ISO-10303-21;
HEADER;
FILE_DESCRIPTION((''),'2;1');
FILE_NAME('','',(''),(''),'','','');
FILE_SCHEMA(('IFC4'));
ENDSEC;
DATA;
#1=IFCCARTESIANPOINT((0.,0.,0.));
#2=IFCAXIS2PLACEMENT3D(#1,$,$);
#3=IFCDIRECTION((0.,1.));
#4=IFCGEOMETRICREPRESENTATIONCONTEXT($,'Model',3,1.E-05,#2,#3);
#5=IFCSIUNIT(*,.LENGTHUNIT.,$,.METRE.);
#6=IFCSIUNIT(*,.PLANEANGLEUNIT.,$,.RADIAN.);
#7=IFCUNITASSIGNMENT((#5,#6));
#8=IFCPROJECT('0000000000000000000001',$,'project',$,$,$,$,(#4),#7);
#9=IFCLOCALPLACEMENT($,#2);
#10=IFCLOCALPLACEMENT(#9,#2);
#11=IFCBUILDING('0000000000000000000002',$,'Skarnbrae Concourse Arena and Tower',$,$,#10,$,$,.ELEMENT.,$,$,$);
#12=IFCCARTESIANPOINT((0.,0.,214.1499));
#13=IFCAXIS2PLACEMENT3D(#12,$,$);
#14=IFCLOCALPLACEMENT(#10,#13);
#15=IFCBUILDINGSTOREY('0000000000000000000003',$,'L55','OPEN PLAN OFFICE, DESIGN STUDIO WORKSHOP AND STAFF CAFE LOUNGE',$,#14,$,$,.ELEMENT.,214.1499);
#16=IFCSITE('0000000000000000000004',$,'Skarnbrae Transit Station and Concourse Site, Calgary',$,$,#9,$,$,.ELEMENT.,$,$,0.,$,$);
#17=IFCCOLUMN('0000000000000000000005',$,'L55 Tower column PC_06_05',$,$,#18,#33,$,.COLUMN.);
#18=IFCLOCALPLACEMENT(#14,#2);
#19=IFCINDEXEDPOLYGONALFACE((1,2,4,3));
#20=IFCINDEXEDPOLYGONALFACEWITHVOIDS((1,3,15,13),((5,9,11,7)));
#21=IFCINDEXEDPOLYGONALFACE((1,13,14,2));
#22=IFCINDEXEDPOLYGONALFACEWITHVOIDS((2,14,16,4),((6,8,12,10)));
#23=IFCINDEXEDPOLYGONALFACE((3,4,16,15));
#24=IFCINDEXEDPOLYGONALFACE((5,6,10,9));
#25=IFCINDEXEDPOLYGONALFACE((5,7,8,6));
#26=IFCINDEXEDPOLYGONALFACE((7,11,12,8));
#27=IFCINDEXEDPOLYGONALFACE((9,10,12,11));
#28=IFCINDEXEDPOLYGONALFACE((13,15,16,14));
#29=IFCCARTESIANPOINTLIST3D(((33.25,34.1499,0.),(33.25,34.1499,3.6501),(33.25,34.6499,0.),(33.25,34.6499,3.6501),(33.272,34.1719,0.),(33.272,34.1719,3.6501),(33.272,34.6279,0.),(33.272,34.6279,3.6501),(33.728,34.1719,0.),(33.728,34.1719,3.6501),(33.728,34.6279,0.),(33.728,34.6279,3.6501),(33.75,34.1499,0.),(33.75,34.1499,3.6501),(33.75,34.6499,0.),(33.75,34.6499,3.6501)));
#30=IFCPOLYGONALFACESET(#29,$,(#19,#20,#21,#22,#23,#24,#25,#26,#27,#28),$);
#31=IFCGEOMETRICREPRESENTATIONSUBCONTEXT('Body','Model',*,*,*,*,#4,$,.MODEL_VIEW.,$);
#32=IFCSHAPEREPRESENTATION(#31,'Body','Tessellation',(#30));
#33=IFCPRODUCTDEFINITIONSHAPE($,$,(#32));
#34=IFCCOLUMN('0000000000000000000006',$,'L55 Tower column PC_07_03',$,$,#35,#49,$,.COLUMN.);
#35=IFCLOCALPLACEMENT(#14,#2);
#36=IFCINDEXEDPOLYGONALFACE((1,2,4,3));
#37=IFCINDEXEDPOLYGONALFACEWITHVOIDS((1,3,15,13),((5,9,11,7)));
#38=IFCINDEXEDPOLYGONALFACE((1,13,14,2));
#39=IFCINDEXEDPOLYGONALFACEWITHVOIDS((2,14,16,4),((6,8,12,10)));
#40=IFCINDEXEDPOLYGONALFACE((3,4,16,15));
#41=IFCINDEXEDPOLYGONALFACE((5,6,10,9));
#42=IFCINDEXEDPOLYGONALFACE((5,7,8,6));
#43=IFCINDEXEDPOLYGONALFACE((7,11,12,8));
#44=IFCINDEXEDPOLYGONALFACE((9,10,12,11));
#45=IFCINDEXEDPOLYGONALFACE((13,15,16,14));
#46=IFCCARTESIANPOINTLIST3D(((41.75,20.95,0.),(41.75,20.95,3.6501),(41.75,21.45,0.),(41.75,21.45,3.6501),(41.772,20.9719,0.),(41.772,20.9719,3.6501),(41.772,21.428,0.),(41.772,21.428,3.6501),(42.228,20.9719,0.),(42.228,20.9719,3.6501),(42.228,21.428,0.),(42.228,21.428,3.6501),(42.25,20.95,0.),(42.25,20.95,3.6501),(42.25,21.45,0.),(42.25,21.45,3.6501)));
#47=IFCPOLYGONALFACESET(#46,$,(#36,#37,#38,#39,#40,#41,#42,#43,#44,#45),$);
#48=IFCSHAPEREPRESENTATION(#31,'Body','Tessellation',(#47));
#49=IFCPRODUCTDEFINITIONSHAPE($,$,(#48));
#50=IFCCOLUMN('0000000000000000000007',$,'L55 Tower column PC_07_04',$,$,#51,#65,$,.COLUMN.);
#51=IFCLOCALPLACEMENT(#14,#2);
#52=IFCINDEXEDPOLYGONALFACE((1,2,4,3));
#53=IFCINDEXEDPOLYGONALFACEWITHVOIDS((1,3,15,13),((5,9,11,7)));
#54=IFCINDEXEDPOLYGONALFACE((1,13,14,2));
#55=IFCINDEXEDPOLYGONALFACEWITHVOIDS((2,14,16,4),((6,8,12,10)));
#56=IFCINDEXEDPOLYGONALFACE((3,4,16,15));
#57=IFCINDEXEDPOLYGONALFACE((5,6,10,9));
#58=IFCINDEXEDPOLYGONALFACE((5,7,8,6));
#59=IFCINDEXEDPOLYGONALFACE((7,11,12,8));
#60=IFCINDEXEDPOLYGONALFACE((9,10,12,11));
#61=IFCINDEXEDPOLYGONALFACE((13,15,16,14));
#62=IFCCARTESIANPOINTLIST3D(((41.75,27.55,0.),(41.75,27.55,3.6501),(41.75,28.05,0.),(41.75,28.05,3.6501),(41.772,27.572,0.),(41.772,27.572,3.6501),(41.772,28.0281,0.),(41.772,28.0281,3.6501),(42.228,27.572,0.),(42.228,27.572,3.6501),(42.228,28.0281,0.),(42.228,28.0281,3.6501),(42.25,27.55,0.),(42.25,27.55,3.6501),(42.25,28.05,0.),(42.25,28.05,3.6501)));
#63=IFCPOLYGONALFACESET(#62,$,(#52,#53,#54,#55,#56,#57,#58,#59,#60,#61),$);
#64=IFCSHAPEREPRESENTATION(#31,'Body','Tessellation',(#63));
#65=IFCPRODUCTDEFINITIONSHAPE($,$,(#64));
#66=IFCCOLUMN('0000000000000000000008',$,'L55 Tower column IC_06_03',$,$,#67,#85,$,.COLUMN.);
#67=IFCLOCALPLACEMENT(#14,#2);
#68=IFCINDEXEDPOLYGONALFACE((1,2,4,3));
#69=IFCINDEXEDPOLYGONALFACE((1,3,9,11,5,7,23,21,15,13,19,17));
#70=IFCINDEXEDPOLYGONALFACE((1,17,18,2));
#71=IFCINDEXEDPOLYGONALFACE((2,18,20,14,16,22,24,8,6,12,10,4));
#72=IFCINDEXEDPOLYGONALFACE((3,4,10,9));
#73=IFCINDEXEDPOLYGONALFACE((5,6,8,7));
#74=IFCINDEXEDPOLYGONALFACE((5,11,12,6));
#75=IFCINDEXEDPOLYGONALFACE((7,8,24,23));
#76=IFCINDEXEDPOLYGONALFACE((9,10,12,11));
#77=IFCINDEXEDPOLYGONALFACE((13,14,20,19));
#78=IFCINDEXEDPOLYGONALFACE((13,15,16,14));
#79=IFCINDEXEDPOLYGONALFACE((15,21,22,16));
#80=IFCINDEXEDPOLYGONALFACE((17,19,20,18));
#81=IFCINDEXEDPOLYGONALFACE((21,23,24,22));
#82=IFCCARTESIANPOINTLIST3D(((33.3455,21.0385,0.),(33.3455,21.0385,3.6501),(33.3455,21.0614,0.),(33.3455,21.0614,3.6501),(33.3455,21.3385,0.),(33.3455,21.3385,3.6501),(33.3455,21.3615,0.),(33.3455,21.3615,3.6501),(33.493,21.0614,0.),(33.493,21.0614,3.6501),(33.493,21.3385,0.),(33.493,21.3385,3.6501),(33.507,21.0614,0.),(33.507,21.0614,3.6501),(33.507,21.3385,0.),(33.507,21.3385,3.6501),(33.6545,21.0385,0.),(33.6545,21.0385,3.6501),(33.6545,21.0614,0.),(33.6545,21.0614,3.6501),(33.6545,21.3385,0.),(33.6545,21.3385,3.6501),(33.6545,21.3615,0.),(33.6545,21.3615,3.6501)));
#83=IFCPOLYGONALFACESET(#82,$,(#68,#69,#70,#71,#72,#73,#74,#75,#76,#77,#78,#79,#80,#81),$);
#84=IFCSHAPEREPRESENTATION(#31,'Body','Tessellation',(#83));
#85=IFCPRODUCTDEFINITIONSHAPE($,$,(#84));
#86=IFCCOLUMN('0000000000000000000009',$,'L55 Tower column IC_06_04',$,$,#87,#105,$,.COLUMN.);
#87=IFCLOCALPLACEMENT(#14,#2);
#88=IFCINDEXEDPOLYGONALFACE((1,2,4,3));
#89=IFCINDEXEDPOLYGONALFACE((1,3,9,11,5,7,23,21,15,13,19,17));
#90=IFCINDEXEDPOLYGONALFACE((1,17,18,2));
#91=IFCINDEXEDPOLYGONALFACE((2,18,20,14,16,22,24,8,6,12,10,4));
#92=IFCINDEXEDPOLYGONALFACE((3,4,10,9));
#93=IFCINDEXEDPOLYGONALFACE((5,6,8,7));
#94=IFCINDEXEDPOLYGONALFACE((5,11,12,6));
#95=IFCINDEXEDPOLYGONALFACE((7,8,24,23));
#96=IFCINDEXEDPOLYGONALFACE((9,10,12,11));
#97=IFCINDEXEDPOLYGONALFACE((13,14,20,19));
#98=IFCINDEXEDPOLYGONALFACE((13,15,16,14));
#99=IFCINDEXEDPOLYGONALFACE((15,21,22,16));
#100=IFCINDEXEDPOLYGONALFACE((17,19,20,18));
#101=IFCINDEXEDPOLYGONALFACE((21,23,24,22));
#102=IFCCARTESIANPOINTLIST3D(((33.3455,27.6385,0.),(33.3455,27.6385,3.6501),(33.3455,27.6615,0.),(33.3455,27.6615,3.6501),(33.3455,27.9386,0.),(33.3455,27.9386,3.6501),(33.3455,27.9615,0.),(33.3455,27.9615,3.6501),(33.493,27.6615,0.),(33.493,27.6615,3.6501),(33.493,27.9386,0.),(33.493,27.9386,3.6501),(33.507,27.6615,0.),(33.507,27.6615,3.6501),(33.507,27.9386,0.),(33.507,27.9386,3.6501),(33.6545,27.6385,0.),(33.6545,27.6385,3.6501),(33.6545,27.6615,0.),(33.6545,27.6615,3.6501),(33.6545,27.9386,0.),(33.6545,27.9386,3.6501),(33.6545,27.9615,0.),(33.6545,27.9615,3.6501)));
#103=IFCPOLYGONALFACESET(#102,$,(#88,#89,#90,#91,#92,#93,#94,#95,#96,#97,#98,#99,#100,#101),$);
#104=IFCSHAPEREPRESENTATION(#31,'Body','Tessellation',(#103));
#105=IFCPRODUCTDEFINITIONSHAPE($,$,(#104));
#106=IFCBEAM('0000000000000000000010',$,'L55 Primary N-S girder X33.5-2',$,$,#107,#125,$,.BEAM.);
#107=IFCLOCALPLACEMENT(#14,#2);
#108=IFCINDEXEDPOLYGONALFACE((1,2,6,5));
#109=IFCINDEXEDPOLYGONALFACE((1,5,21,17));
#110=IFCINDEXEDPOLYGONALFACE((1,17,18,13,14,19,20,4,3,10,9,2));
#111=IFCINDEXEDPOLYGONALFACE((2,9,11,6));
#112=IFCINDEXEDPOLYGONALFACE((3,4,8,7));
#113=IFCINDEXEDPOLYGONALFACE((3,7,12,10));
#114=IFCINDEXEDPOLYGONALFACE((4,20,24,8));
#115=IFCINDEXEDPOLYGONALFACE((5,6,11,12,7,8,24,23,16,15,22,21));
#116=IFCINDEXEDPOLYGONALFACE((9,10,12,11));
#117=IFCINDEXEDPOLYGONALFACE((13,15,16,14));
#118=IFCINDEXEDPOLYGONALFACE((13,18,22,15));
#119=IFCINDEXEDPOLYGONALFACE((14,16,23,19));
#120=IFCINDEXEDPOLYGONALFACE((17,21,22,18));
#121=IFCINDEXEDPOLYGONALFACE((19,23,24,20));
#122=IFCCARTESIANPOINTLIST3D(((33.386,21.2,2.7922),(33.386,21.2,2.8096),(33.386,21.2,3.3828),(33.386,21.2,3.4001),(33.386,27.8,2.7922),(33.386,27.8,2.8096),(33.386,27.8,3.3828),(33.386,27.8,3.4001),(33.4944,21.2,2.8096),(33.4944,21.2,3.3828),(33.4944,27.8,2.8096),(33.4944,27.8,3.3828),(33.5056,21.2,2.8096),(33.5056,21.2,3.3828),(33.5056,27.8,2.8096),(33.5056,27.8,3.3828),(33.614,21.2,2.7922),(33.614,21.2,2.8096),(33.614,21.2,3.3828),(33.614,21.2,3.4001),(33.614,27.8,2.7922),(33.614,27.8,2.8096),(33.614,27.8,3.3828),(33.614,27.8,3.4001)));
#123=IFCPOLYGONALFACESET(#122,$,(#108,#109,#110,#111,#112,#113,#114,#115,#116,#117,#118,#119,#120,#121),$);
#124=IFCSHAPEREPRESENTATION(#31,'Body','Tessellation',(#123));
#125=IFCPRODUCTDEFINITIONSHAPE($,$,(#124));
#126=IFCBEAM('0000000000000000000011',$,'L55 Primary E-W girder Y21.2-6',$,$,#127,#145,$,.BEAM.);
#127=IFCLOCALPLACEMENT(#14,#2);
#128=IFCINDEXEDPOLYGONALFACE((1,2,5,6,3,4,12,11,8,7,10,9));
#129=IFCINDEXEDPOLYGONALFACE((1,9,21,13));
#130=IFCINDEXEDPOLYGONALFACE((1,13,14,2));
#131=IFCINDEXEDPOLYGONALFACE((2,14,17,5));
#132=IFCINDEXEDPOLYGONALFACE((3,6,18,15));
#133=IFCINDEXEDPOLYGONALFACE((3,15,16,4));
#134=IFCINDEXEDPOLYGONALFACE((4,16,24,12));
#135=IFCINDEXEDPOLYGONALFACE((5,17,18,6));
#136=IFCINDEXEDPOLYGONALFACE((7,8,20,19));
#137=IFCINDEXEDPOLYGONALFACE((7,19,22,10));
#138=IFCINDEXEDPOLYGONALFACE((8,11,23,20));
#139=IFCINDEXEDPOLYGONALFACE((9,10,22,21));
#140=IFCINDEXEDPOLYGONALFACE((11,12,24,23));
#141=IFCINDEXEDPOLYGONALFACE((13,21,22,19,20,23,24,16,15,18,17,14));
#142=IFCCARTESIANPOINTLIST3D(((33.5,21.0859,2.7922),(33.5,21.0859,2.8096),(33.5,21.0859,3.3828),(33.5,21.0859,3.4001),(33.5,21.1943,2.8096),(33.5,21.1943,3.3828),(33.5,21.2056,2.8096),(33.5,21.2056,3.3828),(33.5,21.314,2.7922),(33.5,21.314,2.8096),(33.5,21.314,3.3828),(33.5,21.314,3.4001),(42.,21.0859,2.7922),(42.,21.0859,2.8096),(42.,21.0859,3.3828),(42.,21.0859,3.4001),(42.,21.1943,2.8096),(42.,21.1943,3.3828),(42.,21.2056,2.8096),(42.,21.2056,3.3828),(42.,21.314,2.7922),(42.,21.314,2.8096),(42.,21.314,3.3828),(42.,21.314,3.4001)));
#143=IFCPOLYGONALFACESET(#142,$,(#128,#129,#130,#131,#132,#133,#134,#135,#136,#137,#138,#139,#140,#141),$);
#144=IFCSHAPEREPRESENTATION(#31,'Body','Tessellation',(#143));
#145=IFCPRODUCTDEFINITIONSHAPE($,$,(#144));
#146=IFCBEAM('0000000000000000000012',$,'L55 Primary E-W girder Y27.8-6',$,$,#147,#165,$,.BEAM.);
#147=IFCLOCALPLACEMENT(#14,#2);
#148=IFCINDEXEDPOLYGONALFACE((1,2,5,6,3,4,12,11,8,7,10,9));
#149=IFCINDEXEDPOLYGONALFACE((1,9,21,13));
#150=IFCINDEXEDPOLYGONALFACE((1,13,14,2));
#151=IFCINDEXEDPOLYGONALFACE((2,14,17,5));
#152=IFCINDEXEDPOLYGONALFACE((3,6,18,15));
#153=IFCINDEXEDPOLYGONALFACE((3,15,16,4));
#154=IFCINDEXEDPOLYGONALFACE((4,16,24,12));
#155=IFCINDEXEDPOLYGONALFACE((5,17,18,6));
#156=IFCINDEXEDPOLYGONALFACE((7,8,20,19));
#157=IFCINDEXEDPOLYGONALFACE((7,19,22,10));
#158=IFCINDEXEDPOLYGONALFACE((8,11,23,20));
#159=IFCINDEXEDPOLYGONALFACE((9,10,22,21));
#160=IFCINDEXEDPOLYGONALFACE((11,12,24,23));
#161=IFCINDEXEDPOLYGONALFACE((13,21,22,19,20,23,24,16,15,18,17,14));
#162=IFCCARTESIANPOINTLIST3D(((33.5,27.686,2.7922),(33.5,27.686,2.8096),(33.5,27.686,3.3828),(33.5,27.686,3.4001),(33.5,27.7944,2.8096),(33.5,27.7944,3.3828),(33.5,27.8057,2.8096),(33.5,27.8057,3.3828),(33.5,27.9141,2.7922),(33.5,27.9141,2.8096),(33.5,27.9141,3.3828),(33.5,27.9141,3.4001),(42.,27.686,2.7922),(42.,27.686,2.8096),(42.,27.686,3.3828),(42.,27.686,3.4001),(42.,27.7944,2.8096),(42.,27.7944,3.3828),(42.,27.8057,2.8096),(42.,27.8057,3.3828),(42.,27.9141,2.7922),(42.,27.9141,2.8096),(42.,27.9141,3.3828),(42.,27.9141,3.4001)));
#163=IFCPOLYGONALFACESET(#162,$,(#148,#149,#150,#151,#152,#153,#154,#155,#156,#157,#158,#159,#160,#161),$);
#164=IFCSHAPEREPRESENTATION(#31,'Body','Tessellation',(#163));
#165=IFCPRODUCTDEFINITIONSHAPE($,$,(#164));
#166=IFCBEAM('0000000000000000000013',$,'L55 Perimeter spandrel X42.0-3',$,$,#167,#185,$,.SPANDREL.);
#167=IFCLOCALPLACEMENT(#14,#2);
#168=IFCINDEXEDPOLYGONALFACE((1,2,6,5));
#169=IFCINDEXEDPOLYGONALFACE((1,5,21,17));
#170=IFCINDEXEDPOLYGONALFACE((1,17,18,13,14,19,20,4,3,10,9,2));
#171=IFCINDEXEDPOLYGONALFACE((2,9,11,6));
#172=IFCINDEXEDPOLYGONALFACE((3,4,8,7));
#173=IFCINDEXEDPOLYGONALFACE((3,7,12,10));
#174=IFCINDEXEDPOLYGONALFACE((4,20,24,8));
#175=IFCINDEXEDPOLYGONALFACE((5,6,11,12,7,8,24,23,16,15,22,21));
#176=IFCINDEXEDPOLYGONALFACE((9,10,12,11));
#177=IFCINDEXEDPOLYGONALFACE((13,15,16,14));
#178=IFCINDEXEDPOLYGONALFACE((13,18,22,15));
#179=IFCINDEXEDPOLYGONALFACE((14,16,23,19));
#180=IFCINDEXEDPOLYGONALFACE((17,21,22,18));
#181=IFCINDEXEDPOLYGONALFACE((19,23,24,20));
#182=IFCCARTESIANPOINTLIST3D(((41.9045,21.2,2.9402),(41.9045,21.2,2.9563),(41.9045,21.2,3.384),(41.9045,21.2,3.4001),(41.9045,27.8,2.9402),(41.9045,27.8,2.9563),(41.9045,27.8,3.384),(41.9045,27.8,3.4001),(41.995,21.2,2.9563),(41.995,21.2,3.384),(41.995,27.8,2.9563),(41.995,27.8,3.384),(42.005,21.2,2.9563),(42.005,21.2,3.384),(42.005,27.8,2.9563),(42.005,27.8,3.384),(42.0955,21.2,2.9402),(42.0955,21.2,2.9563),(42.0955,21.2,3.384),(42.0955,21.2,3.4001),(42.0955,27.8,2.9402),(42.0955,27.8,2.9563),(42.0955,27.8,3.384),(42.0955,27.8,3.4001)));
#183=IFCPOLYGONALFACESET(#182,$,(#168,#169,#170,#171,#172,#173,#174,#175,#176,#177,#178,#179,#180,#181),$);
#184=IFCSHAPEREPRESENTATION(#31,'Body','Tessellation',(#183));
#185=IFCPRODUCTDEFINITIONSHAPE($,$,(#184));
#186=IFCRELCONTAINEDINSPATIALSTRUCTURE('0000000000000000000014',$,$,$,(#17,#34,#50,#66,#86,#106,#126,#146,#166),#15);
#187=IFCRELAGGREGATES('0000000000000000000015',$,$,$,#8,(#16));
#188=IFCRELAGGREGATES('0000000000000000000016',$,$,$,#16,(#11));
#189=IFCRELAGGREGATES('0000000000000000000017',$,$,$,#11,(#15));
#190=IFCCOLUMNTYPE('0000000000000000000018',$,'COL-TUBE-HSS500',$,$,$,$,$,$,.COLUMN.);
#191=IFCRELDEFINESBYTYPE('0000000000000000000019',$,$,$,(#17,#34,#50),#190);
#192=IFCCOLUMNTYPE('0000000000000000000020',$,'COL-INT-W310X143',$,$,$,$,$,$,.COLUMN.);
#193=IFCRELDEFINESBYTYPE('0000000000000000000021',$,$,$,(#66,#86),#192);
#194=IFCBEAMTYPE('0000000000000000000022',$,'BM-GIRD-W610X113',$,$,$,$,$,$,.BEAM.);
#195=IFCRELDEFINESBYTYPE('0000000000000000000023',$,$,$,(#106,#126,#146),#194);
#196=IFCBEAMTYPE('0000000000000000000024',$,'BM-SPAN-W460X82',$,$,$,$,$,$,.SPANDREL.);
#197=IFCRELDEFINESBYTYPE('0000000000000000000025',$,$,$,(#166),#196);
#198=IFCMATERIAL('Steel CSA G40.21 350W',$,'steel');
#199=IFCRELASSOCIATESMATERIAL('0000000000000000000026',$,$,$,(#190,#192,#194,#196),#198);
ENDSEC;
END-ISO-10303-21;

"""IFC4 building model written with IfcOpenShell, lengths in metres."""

from ifc_helpers import new_model, si_unit, direction, frame, origin, origin_2d, place, context, subcontext, project, spatial, hollow_rectangle, i_section, extrude, source, transform, mapped, material, material_profile, profile_set, type_object, element, save


model = new_model("IFC4")

# Units and contexts
model_context = context("Model", 3, precision=1e-05, world=origin(), true_north=direction((0.0, 1.0)))
body_context = subcontext(model_context, "Body", "Model", "MODEL_VIEW")
ifc_project = project(units=[si_unit("LENGTHUNIT", "METRE"), si_unit("PLANEANGLEUNIT", "RADIAN")], contexts=[model_context])

# Site, building, storey
site_placement = place(None, origin())
site = spatial("IfcSite", under=ifc_project, at=site_placement, Name="Skarnbrae Transit Station and Concourse Site, Calgary", CompositionType="ELEMENT", RefElevation=0.0)
building_placement = place(site_placement, origin())
building = spatial("IfcBuilding", under=site, at=building_placement, Name="Skarnbrae Concourse Arena and Tower", CompositionType="ELEMENT")
storey_placement = place(building_placement, frame((0.0, 0.0, 214.1499)))
storey = spatial("IfcBuildingStorey", under=building, at=storey_placement, Name="L55", Description="OPEN PLAN OFFICE, DESIGN STUDIO WORKSHOP AND STAFF CAFE LOUNGE", CompositionType="ELEMENT", Elevation=214.1499)

# Columns
ifc_material_1 = material(Name="Steel CSA G40.21 350W", Category="steel")
ifc_material_profile_1 = material_profile(ifc_material_1, hollow_rectangle(XDim=0.5, YDim=0.5, WallThickness=0.022, at=origin_2d()), Name="HSS500X500X22.0")
ifc_profile_set_1 = profile_set([ifc_material_profile_1], Name="Steel CSA G40.21 350W")
column_type_1 = type_object("IfcColumnType", Name="COL-TUBE-HSS500", PredefinedType="COLUMN", material=ifc_profile_set_1)
shared_shape_1 = source(origin(), body_context, "Body", "SweptSolid", [
    extrude(hollow_rectangle(XDim=0.5, YDim=0.5, WallThickness=0.022, at=origin_2d()), origin(), (0.0, 0.0, 1.0), 3.6501),
])
for number, where, z_axis, x_axis, name in (
    (1, (33.5, 34.3999, 0.0), (0.0, 0.0, 1.0), (1.0, 0.0, 0.0), "L55 Tower column PC_06_05"),
    (2, (42.0, 21.2, 0.0), (0.0, 0.0, 1.0), (1.0, 0.0, 0.0), "L55 Tower column PC_07_03"),
    (3, (42.0, 27.8, 0.0), (0.0, 0.0, 1.0), (1.0, 0.0, 0.0), "L55 Tower column PC_07_04"),
):
    element("IfcColumn", number, at=place(storey_placement, frame(where, z_axis=z_axis, x_axis=x_axis)), inside=storey, type_object=column_type_1, Name=name, PredefinedType="COLUMN", context=body_context, shape_type="MappedRepresentation", body=[
        mapped(shared_shape_1, transform((0.0, 0.0, 0.0))),
    ])
ifc_material_profile_2 = material_profile(ifc_material_1, i_section(OverallWidth=0.3091, OverallDepth=0.323, WebThickness=0.0139, FlangeThickness=0.0229, at=origin_2d()), Name="W310X143")
ifc_profile_set_2 = profile_set([ifc_material_profile_2], Name="Steel CSA G40.21 350W")
column_type_2 = type_object("IfcColumnType", Name="COL-INT-W310X143", PredefinedType="COLUMN", material=ifc_profile_set_2)
shared_shape_2 = source(origin(), body_context, "Body", "SweptSolid", [
    extrude(i_section(OverallWidth=0.3091, OverallDepth=0.323, WebThickness=0.0139, FlangeThickness=0.0229, at=origin_2d()), origin(), (0.0, 0.0, 1.0), 3.6501),
])
for number, where, z_axis, x_axis, name in (
    (4, (33.5, 21.2, 0.0), (0.0, 0.0, 1.0), (1.0, 0.0, 0.0), "L55 Tower column IC_06_03"),
    (5, (33.5, 27.8, 0.0), (0.0, 0.0, 1.0), (1.0, 0.0, 0.0), "L55 Tower column IC_06_04"),
):
    element("IfcColumn", number, at=place(storey_placement, frame(where, z_axis=z_axis, x_axis=x_axis)), inside=storey, type_object=column_type_2, Name=name, PredefinedType="COLUMN", context=body_context, shape_type="MappedRepresentation", body=[
        mapped(shared_shape_2, transform((0.0, 0.0, 0.0))),
    ])

# Beams
ifc_material_profile_3 = material_profile(ifc_material_1, i_section(OverallWidth=0.228, OverallDepth=0.6079, WebThickness=0.0112, FlangeThickness=0.0173, at=origin_2d()), Name="W610X113")
ifc_profile_set_3 = profile_set([ifc_material_profile_3], Name="Steel CSA G40.21 350W")
beam_type_1 = type_object("IfcBeamType", Name="BM-GIRD-W610X113", PredefinedType="BEAM", material=ifc_profile_set_3)
shared_shape_3 = source(origin(), body_context, "Body", "SweptSolid", [
    extrude(i_section(OverallWidth=0.228, OverallDepth=0.6079, WebThickness=0.0112, FlangeThickness=0.0173, at=origin_2d()), origin(), (0.0, 0.0, 1.0), 6.6001),
])
beam_1_placement = place(storey_placement, frame((33.5, 21.2, 3.0962), z_axis=(0.0, 1.0, 0.0), x_axis=(-1.0, 0.0, 0.0)))
element("IfcBeam", 6, at=beam_1_placement, inside=storey, type_object=beam_type_1, Name="L55 Primary N-S girder X33.5-2", PredefinedType="BEAM", context=body_context, shape_type="MappedRepresentation", body=[
    mapped(shared_shape_3, transform((0.0, 0.0, 0.0))),
])
shared_shape_4 = source(origin(), body_context, "Body", "SweptSolid", [
    extrude(i_section(OverallWidth=0.228, OverallDepth=0.6079, WebThickness=0.0112, FlangeThickness=0.0173, at=origin_2d()), origin(), (0.0, 0.0, 1.0), 8.5),
])
for number, where, z_axis, x_axis, name in (
    (7, (33.5, 21.2, 3.0962), (1.0, 0.0, 0.0), (0.0, 1.0, 0.0), "L55 Primary E-W girder Y21.2-6"),
    (8, (33.5, 27.8, 3.0962), (1.0, 0.0, 0.0), (0.0, 1.0, 0.0), "L55 Primary E-W girder Y27.8-6"),
):
    element("IfcBeam", number, at=place(storey_placement, frame(where, z_axis=z_axis, x_axis=x_axis)), inside=storey, type_object=beam_type_1, Name=name, PredefinedType="BEAM", context=body_context, shape_type="MappedRepresentation", body=[
        mapped(shared_shape_4, transform((0.0, 0.0, 0.0))),
    ])
ifc_material_profile_4 = material_profile(ifc_material_1, i_section(OverallWidth=0.1909, OverallDepth=0.46, WebThickness=0.01, FlangeThickness=0.0161, at=origin_2d()), Name="W460X82")
ifc_profile_set_4 = profile_set([ifc_material_profile_4], Name="Steel CSA G40.21 350W")
beam_type_2 = type_object("IfcBeamType", Name="BM-SPAN-W460X82", PredefinedType="SPANDREL", material=ifc_profile_set_4)
shared_shape_5 = source(origin(), body_context, "Body", "SweptSolid", [
    extrude(i_section(OverallWidth=0.1909, OverallDepth=0.46, WebThickness=0.01, FlangeThickness=0.0161, at=origin_2d()), origin(), (0.0, 0.0, 1.0), 6.6001),
])
beam_2_placement = place(storey_placement, frame((42.0, 21.2, 3.1702), z_axis=(0.0, 1.0, 0.0), x_axis=(-1.0, 0.0, 0.0)))
element("IfcBeam", 9, at=beam_2_placement, inside=storey, type_object=beam_type_2, Name="L55 Perimeter spandrel X42.0-3", PredefinedType="SPANDREL", context=body_context, shape_type="MappedRepresentation", body=[
    mapped(shared_shape_5, transform((0.0, 0.0, 0.0))),
])

save(model, "model.ifc")
